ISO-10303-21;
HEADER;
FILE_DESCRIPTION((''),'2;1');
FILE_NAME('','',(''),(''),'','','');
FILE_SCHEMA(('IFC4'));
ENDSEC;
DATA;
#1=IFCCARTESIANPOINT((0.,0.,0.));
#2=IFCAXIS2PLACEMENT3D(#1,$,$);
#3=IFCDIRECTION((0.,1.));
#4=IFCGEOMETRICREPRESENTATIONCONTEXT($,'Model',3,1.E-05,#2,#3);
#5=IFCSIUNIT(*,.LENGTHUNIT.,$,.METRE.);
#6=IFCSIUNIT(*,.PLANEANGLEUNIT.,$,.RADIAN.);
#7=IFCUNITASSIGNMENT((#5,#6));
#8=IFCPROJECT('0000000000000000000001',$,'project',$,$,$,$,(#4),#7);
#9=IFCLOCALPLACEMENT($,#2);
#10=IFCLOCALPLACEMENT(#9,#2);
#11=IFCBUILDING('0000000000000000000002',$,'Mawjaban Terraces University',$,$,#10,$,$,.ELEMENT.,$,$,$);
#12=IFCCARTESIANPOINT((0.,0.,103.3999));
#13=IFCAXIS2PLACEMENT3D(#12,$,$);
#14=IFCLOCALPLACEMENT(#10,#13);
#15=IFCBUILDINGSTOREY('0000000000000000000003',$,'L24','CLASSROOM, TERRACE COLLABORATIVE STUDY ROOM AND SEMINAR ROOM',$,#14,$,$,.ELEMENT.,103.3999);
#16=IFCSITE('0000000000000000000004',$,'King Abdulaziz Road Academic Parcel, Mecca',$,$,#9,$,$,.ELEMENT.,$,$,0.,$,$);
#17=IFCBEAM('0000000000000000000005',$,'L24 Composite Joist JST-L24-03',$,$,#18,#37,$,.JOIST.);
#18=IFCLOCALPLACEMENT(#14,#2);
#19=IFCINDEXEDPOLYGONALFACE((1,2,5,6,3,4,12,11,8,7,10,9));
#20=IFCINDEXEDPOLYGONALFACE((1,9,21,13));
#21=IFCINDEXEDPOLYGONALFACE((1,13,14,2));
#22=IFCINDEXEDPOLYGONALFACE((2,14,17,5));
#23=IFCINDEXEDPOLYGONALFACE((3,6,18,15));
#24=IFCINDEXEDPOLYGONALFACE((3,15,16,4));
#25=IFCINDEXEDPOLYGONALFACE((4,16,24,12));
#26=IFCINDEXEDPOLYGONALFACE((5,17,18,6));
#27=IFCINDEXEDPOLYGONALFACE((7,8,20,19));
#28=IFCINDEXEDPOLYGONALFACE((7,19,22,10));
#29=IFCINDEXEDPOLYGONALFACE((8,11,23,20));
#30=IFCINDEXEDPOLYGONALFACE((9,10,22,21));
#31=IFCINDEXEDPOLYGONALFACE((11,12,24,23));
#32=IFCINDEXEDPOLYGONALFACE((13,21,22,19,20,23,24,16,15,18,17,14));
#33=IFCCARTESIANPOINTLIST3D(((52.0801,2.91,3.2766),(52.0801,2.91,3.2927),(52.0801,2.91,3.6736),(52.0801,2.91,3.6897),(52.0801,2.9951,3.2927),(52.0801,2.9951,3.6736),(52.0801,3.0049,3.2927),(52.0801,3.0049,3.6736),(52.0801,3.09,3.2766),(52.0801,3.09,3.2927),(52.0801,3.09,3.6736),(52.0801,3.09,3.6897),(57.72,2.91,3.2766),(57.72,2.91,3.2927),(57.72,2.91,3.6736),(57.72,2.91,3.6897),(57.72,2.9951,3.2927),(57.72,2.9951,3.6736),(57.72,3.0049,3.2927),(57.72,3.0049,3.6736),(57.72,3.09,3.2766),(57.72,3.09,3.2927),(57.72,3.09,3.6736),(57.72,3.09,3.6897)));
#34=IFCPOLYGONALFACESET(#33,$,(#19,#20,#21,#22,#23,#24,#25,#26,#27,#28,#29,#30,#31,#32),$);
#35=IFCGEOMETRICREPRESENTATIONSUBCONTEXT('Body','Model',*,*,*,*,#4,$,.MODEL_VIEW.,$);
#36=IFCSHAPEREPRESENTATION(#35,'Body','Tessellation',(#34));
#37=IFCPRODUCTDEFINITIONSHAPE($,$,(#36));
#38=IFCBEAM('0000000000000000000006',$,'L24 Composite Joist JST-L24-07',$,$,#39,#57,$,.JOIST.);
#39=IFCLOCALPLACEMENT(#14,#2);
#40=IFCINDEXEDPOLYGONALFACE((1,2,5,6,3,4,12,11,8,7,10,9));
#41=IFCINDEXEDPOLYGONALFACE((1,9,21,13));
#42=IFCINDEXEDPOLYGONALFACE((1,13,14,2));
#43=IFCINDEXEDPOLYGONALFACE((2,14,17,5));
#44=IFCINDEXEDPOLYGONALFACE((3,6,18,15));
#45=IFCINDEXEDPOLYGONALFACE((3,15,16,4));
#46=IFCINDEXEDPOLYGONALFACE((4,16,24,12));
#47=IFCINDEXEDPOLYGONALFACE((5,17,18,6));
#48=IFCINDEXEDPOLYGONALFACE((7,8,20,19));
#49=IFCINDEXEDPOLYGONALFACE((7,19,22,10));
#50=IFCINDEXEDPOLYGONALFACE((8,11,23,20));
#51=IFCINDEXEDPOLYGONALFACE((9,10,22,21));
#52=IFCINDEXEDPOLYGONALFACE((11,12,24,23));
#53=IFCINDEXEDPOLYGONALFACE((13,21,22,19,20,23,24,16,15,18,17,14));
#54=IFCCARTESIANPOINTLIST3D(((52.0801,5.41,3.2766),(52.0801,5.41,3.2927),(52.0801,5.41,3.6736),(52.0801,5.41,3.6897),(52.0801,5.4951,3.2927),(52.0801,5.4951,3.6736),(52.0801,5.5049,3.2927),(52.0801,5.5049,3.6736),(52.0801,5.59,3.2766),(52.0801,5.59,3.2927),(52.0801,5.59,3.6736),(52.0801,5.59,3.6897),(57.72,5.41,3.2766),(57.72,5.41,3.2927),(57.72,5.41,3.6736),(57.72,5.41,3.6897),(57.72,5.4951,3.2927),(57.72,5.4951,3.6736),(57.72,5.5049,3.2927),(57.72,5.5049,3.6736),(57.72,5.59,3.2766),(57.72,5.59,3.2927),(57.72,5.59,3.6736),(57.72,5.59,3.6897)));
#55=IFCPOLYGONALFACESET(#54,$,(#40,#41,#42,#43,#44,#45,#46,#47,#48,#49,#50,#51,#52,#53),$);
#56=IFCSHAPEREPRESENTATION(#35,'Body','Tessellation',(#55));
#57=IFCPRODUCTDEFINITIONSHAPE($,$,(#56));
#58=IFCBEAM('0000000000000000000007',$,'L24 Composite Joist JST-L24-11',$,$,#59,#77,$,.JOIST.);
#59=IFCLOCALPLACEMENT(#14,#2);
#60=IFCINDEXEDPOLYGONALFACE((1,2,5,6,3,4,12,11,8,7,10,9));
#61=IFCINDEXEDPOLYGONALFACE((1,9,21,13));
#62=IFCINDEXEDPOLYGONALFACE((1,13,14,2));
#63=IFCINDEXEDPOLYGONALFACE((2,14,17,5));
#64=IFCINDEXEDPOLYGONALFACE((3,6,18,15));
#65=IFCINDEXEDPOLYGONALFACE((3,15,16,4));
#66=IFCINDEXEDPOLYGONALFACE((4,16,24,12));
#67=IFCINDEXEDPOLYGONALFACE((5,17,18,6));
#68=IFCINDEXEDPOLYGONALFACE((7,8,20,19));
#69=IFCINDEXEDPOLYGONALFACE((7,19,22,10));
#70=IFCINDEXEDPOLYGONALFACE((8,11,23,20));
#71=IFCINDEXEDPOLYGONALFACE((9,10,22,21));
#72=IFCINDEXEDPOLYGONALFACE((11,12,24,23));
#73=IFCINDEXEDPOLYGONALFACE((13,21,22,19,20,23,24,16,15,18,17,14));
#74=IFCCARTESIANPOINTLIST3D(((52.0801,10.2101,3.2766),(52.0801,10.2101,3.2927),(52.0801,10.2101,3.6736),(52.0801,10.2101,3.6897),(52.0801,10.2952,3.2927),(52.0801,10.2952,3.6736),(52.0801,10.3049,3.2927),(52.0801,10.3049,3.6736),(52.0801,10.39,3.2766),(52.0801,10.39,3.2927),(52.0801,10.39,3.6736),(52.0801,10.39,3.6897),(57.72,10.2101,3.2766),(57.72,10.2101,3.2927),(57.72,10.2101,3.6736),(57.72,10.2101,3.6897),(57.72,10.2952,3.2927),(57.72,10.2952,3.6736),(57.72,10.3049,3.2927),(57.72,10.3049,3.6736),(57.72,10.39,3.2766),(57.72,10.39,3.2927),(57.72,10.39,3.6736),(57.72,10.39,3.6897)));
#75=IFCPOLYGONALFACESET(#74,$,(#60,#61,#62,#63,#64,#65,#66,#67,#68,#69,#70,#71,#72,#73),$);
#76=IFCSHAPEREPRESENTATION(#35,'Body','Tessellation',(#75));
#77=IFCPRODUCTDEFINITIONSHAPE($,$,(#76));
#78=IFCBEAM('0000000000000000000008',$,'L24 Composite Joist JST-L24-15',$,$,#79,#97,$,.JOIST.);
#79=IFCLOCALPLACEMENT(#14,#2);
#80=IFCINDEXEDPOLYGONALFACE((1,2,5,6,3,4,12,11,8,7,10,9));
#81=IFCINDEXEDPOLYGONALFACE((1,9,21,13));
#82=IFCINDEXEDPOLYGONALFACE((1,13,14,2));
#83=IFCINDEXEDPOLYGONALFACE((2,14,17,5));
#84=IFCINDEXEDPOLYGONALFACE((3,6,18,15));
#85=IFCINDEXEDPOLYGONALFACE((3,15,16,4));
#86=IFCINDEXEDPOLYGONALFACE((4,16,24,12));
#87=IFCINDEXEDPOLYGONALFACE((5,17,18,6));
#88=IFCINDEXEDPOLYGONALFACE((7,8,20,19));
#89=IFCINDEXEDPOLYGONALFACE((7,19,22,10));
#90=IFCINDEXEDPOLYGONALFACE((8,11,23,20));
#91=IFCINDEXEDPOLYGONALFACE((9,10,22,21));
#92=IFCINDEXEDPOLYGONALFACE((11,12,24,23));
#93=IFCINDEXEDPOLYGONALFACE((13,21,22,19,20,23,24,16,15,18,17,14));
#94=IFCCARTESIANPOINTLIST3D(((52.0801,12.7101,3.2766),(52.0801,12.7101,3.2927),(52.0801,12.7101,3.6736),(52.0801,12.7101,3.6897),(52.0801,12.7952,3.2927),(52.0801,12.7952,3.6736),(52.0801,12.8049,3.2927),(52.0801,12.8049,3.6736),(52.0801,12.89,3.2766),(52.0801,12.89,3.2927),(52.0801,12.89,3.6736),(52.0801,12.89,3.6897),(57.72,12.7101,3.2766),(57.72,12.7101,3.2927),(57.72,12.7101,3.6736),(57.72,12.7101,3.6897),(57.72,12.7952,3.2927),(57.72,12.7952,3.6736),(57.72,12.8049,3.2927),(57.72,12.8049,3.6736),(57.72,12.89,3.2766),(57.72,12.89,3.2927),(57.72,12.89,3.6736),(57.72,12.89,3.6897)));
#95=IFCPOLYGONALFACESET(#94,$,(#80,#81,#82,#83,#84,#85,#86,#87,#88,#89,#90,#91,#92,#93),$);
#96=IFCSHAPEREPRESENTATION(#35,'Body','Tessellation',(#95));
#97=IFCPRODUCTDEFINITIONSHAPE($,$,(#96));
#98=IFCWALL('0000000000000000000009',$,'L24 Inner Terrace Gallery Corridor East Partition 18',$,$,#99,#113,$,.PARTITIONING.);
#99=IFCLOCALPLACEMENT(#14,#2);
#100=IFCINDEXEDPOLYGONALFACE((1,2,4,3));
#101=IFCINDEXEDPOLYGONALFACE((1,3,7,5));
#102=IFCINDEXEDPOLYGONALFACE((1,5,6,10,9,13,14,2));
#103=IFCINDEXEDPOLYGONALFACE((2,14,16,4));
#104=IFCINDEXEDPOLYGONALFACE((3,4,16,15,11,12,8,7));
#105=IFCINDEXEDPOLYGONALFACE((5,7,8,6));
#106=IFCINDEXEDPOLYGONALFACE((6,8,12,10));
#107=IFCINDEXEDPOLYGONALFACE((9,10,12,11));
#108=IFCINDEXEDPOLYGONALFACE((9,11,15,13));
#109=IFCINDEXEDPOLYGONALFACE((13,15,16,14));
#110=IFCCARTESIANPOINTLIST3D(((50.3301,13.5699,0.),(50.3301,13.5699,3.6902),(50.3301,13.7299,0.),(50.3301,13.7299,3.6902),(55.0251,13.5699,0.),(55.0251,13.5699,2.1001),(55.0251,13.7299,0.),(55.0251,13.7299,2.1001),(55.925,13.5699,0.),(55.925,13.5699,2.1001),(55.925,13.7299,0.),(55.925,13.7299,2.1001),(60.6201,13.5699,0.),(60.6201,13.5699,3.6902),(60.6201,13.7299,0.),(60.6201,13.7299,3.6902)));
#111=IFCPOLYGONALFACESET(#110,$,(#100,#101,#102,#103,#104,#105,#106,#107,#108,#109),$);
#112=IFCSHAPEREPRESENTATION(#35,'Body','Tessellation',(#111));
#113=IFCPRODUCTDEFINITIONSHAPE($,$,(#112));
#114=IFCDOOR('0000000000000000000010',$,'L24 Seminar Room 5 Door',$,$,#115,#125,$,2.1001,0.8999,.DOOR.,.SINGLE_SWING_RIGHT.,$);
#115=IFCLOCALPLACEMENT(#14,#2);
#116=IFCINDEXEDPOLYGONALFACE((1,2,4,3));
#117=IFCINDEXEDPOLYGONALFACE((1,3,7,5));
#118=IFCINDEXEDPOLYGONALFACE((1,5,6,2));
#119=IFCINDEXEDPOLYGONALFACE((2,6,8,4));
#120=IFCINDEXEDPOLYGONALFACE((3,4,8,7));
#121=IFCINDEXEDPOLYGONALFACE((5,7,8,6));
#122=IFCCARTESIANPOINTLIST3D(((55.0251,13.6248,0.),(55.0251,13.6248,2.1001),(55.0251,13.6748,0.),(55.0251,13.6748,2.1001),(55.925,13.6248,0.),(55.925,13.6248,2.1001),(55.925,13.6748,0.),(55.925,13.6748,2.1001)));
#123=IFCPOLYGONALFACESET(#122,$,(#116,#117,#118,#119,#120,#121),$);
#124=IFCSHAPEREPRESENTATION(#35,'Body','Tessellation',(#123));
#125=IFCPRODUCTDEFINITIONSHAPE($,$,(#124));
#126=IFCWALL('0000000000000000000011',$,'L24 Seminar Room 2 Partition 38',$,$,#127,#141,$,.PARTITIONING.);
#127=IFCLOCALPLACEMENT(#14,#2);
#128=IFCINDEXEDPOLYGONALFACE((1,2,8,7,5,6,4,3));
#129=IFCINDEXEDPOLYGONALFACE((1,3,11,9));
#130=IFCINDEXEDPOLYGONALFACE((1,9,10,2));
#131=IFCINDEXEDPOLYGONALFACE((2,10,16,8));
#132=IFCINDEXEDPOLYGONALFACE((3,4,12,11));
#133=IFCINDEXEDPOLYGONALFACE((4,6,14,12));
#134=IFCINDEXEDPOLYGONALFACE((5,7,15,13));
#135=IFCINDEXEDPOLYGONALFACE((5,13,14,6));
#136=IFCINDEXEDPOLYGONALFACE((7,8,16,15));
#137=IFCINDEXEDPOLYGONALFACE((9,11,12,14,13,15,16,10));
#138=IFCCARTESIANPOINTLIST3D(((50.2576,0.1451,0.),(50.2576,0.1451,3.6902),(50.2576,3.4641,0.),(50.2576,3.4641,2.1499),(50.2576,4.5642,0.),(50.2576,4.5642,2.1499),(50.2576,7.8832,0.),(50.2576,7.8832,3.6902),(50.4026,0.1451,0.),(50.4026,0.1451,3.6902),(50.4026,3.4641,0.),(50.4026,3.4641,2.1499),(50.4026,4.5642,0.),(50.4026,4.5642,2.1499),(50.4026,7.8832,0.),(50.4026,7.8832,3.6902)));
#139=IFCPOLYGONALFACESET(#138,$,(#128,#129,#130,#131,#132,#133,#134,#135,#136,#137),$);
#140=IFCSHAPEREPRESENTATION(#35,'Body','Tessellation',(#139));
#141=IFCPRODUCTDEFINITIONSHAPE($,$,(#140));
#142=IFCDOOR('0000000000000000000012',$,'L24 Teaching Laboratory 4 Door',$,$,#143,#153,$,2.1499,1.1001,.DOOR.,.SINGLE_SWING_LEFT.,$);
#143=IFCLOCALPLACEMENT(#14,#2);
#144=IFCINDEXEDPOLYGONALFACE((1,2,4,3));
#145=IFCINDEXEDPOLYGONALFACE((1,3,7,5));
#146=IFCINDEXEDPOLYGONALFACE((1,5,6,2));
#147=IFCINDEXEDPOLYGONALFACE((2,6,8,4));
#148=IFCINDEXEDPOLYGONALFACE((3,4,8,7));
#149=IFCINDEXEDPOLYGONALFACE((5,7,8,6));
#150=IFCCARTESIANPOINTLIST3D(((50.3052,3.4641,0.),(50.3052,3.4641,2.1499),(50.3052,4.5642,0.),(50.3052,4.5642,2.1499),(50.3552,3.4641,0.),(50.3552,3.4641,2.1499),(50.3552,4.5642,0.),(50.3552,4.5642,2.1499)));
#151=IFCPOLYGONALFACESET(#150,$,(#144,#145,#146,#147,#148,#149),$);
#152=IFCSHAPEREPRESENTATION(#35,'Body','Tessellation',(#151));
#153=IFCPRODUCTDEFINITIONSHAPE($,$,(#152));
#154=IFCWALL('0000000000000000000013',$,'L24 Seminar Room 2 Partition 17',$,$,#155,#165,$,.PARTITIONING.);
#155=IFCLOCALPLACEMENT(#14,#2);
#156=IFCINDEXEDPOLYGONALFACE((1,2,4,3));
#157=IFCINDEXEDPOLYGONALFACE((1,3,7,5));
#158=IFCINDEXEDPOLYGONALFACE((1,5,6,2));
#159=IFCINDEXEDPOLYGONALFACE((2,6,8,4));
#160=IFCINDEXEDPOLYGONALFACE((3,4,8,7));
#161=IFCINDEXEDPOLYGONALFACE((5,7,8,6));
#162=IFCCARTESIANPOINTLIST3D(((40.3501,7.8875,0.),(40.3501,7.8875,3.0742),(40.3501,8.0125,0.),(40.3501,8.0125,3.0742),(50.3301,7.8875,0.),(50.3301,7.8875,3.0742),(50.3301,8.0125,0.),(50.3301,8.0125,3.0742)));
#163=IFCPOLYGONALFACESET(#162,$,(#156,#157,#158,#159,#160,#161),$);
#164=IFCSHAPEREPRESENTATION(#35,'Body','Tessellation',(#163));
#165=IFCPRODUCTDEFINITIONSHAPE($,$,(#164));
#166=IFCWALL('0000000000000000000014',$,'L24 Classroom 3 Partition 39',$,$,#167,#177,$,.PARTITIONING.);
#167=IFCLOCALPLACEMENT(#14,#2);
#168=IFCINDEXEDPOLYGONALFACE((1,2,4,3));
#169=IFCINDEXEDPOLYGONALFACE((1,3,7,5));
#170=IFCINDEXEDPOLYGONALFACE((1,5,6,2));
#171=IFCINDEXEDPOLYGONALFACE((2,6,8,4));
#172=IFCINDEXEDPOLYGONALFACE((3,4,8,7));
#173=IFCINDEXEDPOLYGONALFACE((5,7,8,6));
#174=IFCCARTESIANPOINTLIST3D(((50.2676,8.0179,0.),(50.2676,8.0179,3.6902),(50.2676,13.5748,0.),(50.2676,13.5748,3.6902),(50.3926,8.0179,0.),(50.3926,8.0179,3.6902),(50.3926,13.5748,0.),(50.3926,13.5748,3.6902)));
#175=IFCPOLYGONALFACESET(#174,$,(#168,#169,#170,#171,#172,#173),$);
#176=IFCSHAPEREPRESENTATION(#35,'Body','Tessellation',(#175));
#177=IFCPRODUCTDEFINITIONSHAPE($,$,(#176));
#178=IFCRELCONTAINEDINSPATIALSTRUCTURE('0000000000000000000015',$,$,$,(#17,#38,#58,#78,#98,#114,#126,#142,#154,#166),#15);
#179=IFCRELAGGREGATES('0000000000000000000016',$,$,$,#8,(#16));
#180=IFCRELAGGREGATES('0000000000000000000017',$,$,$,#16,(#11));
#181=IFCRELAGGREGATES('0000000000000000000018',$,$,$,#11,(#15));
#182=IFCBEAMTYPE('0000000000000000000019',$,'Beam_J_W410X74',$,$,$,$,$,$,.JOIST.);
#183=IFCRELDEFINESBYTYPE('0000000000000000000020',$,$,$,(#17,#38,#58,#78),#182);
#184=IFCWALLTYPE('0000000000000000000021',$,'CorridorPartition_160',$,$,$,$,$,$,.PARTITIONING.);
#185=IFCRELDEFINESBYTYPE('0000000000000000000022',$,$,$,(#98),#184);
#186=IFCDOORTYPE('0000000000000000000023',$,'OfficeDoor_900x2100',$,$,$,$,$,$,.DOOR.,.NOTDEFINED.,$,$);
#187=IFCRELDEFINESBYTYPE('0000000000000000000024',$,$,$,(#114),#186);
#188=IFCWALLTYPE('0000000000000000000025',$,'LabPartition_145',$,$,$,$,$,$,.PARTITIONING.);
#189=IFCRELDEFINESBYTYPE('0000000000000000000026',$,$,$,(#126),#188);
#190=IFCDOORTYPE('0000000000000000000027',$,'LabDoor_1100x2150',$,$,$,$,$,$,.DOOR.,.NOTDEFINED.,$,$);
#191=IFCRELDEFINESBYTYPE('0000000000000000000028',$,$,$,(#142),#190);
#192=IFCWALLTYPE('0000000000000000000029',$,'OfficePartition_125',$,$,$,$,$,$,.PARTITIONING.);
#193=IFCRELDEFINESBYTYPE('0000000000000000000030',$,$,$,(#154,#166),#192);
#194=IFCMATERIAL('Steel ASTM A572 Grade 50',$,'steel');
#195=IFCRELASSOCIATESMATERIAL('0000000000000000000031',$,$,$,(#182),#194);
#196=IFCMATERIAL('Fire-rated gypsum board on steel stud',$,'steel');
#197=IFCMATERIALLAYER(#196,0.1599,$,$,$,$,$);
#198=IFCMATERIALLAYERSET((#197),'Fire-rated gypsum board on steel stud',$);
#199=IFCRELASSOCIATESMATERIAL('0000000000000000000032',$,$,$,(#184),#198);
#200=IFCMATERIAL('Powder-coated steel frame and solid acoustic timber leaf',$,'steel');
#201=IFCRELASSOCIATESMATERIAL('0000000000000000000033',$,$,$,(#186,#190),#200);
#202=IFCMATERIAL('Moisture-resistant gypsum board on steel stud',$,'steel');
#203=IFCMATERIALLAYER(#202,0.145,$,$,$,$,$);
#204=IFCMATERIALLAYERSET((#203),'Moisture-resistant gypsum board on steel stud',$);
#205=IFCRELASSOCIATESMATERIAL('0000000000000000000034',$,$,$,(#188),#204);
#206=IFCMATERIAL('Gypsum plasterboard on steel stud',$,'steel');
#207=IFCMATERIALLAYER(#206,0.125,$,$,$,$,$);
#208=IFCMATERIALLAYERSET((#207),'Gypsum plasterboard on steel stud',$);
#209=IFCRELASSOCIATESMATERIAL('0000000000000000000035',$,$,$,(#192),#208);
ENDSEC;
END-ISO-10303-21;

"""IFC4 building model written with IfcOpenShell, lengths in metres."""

from ifc_helpers import new_model, si_unit, direction, frame, frame_2d, origin, origin_2d, place, context, subcontext, project, spatial, rectangle, i_section, extrude, material, layer, layer_set, material_profile, profile_set, type_object, element, fill, save


model = new_model("IFC4")

# Units and contexts
model_context = context("Model", 3, precision=1e-05, world=origin(), true_north=direction((0.0, 1.0)))
body_context = subcontext(model_context, "Body", "Model", "MODEL_VIEW")
ifc_project = project(units=[si_unit("LENGTHUNIT", "METRE"), si_unit("PLANEANGLEUNIT", "RADIAN")], contexts=[model_context])

# Site, building, storey
site_placement = place(None, origin())
site = spatial("IfcSite", under=ifc_project, at=site_placement, Name="King Abdulaziz Road Academic Parcel, Mecca", CompositionType="ELEMENT", RefElevation=0.0)
building_placement = place(site_placement, origin())
building = spatial("IfcBuilding", under=site, at=building_placement, Name="Mawjaban Terraces University", CompositionType="ELEMENT")
storey_placement = place(building_placement, frame((0.0, 0.0, 103.3999)))
storey = spatial("IfcBuildingStorey", under=building, at=storey_placement, Name="L24", Description="CLASSROOM, TERRACE COLLABORATIVE STUDY ROOM AND SEMINAR ROOM", CompositionType="ELEMENT", Elevation=103.3999)

# Beams
ifc_material_1 = material(Name="Steel ASTM A572 Grade 50", Category="steel")
ifc_material_profile_1 = material_profile(ifc_material_1, i_section(OverallWidth=0.1799, OverallDepth=0.4131, WebThickness=0.0098, FlangeThickness=0.0161, at=origin_2d()), Name="W410X74")
ifc_profile_set_1 = profile_set([ifc_material_profile_1], Name="Steel ASTM A572 Grade 50")
beam_type_1 = type_object("IfcBeamType", Name="Beam_J_W410X74", PredefinedType="JOIST", material=ifc_profile_set_1)
for number, where, z_axis, x_axis, name in (
    (1, (52.0801, 3.0, 3.4832), (1.0, 0.0, 0.0), (0.0, 1.0, 0.0), "L24 Composite Joist JST-L24-03"),
    (2, (52.0801, 5.5, 3.4832), (1.0, 0.0, 0.0), (0.0, 1.0, 0.0), "L24 Composite Joist JST-L24-07"),
    (3, (52.0801, 10.3, 3.4832), (1.0, 0.0, 0.0), (0.0, 1.0, 0.0), "L24 Composite Joist JST-L24-11"),
    (4, (52.0801, 12.8, 3.4832), (1.0, 0.0, 0.0), (0.0, 1.0, 0.0), "L24 Composite Joist JST-L24-15"),
):
    element("IfcBeam", number, at=place(storey_placement, frame(where, z_axis=z_axis, x_axis=x_axis)), inside=storey, type_object=beam_type_1, Name=name, PredefinedType="JOIST", context=body_context, shape_type="SweptSolid", body=[
        extrude(i_section(OverallWidth=0.1799, OverallDepth=0.4131, WebThickness=0.0098, FlangeThickness=0.0161, at=origin_2d()), origin(), (0.0, 0.0, 1.0), 5.6399),
    ])

# Walls, openings, doors
ifc_material_2 = material(Name="Fire-rated gypsum board on steel stud", Category="steel")
ifc_layer_1 = layer(ifc_material_2, 0.1599)
ifc_layer_set_1 = layer_set([ifc_layer_1], Name="Fire-rated gypsum board on steel stud")
wall_type_1 = type_object("IfcWallType", Name="CorridorPartition_160", PredefinedType="PARTITIONING", material=ifc_layer_set_1)
wall_1_placement = place(storey_placement, frame((50.3301, 13.6499, 0.0), z_axis=(0.0, 0.0, 1.0), x_axis=(1.0, 0.0, 0.0)))
wall_1 = element("IfcWall", 5, at=wall_1_placement, inside=storey, type_object=wall_type_1, Name="L24 Inner Terrace Gallery Corridor East Partition 18", PredefinedType="PARTITIONING", context=body_context, shape_type="SweptSolid", body=[
    extrude(rectangle(XDim=10.29, YDim=0.1599, at=frame_2d((5.145, 0.0))), origin(), (0.0, 0.0, 1.0), 3.6902),
])
opening_1_placement = place(wall_1_placement, frame((4.6951, 0.0, 0.0)))
opening_1 = element("IfcOpeningElement", 6, at=opening_1_placement, cuts=wall_1, PredefinedType="OPENING", context=body_context, shape_type="SweptSolid", body=[
    extrude(rectangle(XDim=0.8999, YDim=2.1001, at=frame_2d((0.45, 1.05))), frame((0.0, 0.0898, 0.0), z_axis=(0.0, -1.0, 0.0), x_axis=(1.0, 0.0, 0.0)), (0.0, 0.0, 1.0), 0.1799),
])
ifc_material_3 = material(Name="Powder-coated steel frame and solid acoustic timber leaf", Category="steel")
door_type_1 = type_object("IfcDoorType", Name="OfficeDoor_900x2100", OperationType="NOTDEFINED", PredefinedType="DOOR", material=ifc_material_3)
door_1_placement = place(opening_1_placement, origin())
door_1 = element("IfcDoor", 7, at=door_1_placement, inside=storey, type_object=door_type_1, Name="L24 Seminar Room 5 Door", OperationType="SINGLE_SWING_RIGHT", OverallHeight=2.1001, OverallWidth=0.8999, PredefinedType="DOOR", context=body_context, shape_type="SweptSolid", body=[
    extrude(rectangle(XDim=0.8999, YDim=2.1001, at=frame_2d((0.45, 1.05))), frame((0.0, 0.0249, 0.0), z_axis=(0.0, -1.0, 0.0), x_axis=(1.0, 0.0, 0.0)), (0.0, 0.0, 1.0), 0.05),
])
fill(opening_1, door_1)
ifc_material_4 = material(Name="Moisture-resistant gypsum board on steel stud", Category="steel")
ifc_layer_2 = layer(ifc_material_4, 0.145)
ifc_layer_set_2 = layer_set([ifc_layer_2], Name="Moisture-resistant gypsum board on steel stud")
wall_type_2 = type_object("IfcWallType", Name="LabPartition_145", PredefinedType="PARTITIONING", material=ifc_layer_set_2)
wall_2_placement = place(storey_placement, frame((50.3301, 0.145, 0.0), z_axis=(0.0, 0.0, 1.0), x_axis=(0.0, 1.0, 0.0)))
wall_2 = element("IfcWall", 8, at=wall_2_placement, inside=storey, type_object=wall_type_2, Name="L24 Seminar Room 2 Partition 38", PredefinedType="PARTITIONING", context=body_context, shape_type="SweptSolid", body=[
    extrude(rectangle(XDim=7.738, YDim=0.145, at=frame_2d((3.8691, 0.0))), origin(), (0.0, 0.0, 1.0), 3.6902),
])
opening_2_placement = place(wall_2_placement, frame((3.3191, 0.0, 0.0)))
opening_2 = element("IfcOpeningElement", 9, at=opening_2_placement, cuts=wall_2, PredefinedType="OPENING", context=body_context, shape_type="SweptSolid", body=[
    extrude(rectangle(XDim=1.1001, YDim=2.1499, at=frame_2d((0.55, 1.075))), frame((0.0, 0.0825, 0.0), z_axis=(0.0, -1.0, 0.0), x_axis=(1.0, 0.0, 0.0)), (0.0, 0.0, 1.0), 0.165),
])
door_type_2 = type_object("IfcDoorType", Name="LabDoor_1100x2150", OperationType="NOTDEFINED", PredefinedType="DOOR", material=ifc_material_3)
door_2_placement = place(opening_2_placement, origin())
door_2 = element("IfcDoor", 10, at=door_2_placement, inside=storey, type_object=door_type_2, Name="L24 Teaching Laboratory 4 Door", OperationType="SINGLE_SWING_LEFT", OverallHeight=2.1499, OverallWidth=1.1001, PredefinedType="DOOR", context=body_context, shape_type="SweptSolid", body=[
    extrude(rectangle(XDim=1.1001, YDim=2.1499, at=frame_2d((0.55, 1.075))), frame((0.0, 0.0249, 0.0), z_axis=(0.0, -1.0, 0.0), x_axis=(1.0, 0.0, 0.0)), (0.0, 0.0, 1.0), 0.05),
])
fill(opening_2, door_2)

# Walls
ifc_material_5 = material(Name="Gypsum plasterboard on steel stud", Category="steel")
ifc_layer_3 = layer(ifc_material_5, 0.125)
ifc_layer_set_3 = layer_set([ifc_layer_3], Name="Gypsum plasterboard on steel stud")
wall_type_3 = type_object("IfcWallType", Name="OfficePartition_125", PredefinedType="PARTITIONING", material=ifc_layer_set_3)
wall_3_placement = place(storey_placement, frame((50.3301, 7.95, 0.0), z_axis=(0.0, 0.0, 1.0), x_axis=(-1.0, 0.0, 0.0)))
element("IfcWall", 11, at=wall_3_placement, inside=storey, type_object=wall_type_3, Name="L24 Seminar Room 2 Partition 17", PredefinedType="PARTITIONING", context=body_context, shape_type="SweptSolid", body=[
    extrude(rectangle(XDim=9.98, YDim=0.125, at=frame_2d((4.99, 0.0))), origin(), (0.0, 0.0, 1.0), 3.0742),
])
wall_4_placement = place(storey_placement, frame((50.3301, 8.0181, 0.0), z_axis=(0.0, 0.0, 1.0), x_axis=(0.0, 1.0, 0.0)))
element("IfcWall", 12, at=wall_4_placement, inside=storey, type_object=wall_type_3, Name="L24 Classroom 3 Partition 39", PredefinedType="PARTITIONING", context=body_context, shape_type="SweptSolid", body=[
    extrude(rectangle(XDim=5.5569, YDim=0.125, at=frame_2d((2.7783, 0.0))), origin(), (0.0, 0.0, 1.0), 3.6902),
])

save(model, "model.ifc")
